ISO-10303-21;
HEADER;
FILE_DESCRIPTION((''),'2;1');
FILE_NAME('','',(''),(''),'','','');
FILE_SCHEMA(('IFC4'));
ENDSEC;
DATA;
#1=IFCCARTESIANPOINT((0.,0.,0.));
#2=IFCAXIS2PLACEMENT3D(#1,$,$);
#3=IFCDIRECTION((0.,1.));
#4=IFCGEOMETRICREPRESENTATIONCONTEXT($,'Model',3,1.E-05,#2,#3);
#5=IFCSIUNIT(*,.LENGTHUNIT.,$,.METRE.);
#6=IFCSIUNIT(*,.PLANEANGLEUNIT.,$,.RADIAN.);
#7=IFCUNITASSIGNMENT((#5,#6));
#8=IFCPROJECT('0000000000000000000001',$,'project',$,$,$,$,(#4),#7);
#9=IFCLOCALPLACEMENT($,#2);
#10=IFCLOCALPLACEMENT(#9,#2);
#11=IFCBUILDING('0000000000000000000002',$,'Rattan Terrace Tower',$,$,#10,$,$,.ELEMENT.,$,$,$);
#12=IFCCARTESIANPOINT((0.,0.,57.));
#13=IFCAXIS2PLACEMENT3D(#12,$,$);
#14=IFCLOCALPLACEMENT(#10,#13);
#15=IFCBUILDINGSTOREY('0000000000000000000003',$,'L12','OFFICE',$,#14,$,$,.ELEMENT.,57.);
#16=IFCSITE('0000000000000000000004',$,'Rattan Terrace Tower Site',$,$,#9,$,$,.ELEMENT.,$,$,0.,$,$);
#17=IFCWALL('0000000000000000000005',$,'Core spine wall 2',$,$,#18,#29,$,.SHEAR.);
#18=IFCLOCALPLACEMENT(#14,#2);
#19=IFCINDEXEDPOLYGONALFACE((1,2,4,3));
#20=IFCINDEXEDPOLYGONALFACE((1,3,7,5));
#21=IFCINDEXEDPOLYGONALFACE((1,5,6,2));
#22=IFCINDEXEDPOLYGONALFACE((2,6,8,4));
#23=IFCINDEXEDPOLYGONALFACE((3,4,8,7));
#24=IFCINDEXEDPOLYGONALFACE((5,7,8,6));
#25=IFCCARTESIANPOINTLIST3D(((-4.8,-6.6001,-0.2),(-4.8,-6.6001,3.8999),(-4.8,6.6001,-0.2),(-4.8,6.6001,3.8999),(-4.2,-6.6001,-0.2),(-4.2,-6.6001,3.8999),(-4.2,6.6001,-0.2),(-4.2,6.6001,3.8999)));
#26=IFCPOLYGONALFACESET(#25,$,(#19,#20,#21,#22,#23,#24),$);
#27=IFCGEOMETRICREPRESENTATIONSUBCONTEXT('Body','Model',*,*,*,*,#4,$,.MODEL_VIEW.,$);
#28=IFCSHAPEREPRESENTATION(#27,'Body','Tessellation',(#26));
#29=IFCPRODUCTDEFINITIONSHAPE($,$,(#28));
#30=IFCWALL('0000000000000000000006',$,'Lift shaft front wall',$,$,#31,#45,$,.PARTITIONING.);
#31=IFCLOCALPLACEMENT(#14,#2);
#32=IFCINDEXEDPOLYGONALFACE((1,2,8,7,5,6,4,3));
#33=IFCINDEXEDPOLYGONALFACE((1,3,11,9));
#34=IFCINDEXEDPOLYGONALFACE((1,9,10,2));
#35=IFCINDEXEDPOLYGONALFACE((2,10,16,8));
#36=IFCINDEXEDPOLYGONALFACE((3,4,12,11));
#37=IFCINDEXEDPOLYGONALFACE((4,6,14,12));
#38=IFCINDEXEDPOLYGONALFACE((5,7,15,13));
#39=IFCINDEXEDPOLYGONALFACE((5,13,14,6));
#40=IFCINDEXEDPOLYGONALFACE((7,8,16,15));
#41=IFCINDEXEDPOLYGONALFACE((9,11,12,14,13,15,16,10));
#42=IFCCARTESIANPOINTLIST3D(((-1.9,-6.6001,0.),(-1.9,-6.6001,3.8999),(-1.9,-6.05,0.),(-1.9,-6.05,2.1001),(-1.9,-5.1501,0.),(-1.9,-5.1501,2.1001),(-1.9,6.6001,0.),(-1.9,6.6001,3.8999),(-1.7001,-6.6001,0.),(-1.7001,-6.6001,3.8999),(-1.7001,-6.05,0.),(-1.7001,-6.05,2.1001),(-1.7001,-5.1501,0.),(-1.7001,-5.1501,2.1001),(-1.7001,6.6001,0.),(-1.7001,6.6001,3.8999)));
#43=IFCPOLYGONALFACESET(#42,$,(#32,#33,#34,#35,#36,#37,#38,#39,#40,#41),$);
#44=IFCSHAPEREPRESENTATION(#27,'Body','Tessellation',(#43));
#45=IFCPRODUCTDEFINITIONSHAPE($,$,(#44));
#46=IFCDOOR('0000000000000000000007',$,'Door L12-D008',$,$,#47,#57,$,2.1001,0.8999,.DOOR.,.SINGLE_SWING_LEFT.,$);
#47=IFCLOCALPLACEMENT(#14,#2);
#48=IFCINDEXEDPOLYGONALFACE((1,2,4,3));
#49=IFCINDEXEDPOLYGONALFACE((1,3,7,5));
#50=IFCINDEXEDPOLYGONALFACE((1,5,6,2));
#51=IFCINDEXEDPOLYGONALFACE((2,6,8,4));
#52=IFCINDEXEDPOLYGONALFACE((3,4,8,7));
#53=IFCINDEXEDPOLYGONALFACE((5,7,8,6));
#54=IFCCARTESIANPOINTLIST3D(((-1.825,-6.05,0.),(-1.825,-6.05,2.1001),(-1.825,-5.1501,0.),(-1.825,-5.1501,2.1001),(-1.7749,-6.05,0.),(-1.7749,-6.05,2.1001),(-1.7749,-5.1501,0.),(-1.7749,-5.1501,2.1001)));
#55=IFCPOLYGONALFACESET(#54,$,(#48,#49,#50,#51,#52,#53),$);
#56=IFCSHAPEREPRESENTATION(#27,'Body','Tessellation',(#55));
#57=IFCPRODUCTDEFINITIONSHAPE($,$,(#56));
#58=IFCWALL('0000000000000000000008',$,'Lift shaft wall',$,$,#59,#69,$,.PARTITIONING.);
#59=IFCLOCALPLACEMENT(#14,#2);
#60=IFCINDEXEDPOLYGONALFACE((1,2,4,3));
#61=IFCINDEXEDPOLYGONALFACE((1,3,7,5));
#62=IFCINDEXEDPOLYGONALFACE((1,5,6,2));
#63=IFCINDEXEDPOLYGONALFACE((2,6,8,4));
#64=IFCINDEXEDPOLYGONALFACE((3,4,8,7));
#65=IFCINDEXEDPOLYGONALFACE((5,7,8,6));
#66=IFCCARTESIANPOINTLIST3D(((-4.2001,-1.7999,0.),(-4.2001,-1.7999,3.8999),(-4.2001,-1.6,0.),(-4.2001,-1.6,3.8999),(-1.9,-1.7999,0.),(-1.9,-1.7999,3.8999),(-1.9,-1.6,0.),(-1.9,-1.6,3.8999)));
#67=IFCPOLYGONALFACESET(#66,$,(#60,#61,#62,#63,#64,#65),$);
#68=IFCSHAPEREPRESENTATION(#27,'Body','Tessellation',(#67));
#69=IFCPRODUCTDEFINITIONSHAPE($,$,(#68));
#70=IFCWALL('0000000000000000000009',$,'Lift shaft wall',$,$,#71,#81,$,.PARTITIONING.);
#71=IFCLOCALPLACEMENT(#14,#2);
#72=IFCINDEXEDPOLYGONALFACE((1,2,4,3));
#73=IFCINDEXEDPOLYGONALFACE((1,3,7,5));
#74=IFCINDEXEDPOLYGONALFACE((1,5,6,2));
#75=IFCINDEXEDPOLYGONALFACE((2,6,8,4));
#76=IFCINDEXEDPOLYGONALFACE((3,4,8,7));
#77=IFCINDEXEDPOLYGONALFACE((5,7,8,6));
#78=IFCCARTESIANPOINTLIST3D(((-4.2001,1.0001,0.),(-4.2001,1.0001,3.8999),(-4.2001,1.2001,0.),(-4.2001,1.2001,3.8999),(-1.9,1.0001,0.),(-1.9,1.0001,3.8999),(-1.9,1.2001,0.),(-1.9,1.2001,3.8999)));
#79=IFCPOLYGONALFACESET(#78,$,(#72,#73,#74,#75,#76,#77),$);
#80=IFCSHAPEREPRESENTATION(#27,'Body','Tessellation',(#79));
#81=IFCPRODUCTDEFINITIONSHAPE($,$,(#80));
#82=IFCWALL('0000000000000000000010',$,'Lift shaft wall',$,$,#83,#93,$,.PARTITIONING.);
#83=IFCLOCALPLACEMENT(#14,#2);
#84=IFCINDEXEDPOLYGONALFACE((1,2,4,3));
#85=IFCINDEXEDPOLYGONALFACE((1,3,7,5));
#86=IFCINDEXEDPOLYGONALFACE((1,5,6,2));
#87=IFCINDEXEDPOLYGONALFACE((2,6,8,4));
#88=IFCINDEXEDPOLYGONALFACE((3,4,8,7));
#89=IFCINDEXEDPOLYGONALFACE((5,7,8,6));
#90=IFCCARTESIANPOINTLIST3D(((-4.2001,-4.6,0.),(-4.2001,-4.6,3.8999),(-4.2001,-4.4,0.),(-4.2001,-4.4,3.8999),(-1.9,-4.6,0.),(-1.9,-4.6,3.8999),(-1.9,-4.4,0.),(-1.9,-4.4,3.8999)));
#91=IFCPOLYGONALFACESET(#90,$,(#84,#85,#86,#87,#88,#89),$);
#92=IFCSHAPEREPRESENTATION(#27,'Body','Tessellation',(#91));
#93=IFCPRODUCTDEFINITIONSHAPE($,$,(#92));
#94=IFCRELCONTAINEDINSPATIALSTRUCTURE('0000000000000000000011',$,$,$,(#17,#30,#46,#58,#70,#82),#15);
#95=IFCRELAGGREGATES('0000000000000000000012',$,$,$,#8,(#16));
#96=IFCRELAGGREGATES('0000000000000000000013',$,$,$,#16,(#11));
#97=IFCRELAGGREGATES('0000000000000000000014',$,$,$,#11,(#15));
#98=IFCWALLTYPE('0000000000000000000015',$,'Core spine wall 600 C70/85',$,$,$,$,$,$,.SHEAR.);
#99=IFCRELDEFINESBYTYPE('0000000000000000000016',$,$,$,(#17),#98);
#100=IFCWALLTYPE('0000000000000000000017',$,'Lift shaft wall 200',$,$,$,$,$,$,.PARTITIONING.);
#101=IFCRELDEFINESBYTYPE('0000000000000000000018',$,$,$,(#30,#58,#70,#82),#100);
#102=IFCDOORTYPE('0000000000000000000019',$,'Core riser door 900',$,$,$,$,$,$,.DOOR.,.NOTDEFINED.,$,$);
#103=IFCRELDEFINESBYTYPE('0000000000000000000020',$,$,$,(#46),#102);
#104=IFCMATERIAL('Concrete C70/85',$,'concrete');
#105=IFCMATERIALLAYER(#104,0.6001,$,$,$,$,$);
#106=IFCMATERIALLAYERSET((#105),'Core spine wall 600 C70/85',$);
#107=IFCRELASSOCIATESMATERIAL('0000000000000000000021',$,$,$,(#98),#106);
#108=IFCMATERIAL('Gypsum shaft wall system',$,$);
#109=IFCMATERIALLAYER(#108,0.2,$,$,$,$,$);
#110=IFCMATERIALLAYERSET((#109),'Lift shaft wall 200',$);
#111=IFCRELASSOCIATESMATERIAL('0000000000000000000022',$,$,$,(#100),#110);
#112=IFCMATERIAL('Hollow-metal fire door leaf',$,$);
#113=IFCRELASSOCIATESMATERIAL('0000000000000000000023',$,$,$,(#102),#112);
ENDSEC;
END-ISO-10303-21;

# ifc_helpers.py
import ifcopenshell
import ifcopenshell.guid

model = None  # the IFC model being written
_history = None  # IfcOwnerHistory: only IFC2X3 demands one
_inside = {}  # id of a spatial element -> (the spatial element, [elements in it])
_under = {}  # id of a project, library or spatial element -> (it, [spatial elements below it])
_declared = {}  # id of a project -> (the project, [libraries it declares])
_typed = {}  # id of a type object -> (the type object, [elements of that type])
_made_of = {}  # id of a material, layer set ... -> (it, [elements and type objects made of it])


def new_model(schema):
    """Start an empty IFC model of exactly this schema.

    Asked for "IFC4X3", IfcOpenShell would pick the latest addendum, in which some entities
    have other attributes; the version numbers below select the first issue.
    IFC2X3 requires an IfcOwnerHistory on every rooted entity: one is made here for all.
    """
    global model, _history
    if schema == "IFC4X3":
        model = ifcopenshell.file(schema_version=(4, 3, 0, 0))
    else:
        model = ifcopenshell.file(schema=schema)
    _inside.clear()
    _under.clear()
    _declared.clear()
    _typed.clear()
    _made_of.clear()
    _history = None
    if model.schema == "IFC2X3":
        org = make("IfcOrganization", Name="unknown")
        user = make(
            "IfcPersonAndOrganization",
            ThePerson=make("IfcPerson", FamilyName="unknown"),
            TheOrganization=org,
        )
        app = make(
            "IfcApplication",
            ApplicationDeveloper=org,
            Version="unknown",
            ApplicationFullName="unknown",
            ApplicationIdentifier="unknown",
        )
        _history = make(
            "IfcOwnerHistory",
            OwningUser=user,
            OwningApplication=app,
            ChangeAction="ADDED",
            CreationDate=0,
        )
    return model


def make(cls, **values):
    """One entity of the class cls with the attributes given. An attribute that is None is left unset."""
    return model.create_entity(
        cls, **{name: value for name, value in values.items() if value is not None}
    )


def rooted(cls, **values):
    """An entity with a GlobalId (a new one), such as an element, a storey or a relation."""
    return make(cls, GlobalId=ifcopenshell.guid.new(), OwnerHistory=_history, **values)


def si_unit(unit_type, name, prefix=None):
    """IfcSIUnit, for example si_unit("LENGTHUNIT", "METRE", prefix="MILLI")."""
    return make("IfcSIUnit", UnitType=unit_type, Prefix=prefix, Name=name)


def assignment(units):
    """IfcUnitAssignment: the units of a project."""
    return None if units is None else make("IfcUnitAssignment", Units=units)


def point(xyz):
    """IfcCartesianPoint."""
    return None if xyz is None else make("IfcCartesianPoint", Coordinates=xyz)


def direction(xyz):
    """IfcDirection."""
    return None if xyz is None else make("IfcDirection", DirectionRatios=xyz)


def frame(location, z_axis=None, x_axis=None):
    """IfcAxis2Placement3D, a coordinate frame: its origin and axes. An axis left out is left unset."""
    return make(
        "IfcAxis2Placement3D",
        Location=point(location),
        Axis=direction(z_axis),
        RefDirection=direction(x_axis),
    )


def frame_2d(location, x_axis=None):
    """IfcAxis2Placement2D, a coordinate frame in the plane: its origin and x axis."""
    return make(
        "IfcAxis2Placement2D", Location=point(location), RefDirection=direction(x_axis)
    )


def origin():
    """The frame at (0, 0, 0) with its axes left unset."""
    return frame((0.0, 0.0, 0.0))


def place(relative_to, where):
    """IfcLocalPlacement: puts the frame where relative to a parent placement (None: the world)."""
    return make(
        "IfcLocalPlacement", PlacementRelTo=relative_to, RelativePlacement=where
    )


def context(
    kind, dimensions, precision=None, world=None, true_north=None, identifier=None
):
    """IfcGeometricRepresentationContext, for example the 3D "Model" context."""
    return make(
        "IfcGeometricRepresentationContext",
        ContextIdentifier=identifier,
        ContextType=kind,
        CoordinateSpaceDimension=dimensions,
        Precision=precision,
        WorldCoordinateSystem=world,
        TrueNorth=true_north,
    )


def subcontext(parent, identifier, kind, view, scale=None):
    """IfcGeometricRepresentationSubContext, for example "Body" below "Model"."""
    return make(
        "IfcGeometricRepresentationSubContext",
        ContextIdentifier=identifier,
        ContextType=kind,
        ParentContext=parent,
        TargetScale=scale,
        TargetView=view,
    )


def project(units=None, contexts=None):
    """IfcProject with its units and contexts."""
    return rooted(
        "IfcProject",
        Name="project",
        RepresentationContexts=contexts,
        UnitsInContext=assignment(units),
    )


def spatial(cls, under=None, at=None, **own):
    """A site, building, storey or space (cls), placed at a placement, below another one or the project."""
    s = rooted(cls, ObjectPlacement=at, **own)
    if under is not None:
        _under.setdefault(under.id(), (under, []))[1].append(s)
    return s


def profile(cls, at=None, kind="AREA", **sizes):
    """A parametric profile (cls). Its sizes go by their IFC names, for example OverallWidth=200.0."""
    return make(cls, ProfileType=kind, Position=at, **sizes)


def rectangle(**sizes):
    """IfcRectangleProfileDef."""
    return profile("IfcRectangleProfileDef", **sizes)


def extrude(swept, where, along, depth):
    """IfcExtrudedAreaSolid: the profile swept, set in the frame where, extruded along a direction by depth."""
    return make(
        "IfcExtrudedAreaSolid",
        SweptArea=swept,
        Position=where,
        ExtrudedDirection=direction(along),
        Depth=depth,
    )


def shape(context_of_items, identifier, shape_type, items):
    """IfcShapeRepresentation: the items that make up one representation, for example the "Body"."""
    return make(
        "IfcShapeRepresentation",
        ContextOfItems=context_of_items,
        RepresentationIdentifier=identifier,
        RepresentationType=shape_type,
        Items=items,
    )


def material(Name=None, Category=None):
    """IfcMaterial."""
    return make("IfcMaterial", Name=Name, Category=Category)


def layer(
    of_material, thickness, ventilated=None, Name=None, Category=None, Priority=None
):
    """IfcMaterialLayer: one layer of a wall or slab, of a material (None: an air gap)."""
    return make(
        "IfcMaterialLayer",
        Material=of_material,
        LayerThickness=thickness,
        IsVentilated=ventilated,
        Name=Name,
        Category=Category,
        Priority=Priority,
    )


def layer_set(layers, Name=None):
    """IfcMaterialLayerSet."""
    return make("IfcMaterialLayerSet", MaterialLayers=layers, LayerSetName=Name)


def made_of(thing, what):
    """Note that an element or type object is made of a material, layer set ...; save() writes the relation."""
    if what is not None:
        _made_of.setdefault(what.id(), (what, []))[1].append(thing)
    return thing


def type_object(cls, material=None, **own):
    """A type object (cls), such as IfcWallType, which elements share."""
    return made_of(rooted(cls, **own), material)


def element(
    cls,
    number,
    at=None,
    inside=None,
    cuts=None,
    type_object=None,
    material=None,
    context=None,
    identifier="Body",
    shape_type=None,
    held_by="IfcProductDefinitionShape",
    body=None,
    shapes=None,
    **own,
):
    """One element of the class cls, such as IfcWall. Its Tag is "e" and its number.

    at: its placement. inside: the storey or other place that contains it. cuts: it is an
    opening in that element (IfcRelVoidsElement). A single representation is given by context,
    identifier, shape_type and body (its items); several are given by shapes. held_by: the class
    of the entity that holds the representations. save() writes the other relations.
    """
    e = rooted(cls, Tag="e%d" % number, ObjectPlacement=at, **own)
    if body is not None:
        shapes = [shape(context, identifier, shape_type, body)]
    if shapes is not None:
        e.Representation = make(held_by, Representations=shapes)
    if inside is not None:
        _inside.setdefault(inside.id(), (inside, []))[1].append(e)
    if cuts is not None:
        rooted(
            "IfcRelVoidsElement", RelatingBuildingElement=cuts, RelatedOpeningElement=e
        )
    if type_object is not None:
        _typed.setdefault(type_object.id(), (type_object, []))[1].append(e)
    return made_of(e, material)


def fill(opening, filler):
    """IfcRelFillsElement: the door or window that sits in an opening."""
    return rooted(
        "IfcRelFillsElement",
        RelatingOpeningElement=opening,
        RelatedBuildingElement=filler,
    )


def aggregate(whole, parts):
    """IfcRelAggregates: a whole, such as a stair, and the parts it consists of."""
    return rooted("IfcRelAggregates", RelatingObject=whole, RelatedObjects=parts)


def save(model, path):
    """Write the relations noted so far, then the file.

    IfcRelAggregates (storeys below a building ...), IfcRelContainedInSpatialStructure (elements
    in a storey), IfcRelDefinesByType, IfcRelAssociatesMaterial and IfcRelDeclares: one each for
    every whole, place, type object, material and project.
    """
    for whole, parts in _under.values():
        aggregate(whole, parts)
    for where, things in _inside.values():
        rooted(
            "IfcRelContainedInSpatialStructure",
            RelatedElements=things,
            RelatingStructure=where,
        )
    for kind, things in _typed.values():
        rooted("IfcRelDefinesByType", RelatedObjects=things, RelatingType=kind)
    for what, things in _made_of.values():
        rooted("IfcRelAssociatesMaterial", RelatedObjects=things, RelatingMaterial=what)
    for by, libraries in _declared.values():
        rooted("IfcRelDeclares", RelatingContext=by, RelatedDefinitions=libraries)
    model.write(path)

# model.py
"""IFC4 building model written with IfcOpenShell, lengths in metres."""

from ifc_helpers import new_model, si_unit, direction, frame, frame_2d, origin, place, context, subcontext, project, spatial, rectangle, extrude, material, layer, layer_set, type_object, element, fill, save


model = new_model("IFC4")

# Units and contexts
model_context = context("Model", 3, precision=1e-05, world=origin(), true_north=direction((0.0, 1.0)))
body_context = subcontext(model_context, "Body", "Model", "MODEL_VIEW")
ifc_project = project(units=[si_unit("LENGTHUNIT", "METRE"), si_unit("PLANEANGLEUNIT", "RADIAN")], contexts=[model_context])

# Site, building, storey
site_placement = place(None, origin())
site = spatial("IfcSite", under=ifc_project, at=site_placement, Name="Rattan Terrace Tower Site", CompositionType="ELEMENT", RefElevation=0.0)
building_placement = place(site_placement, origin())
building = spatial("IfcBuilding", under=site, at=building_placement, Name="Rattan Terrace Tower", CompositionType="ELEMENT")
storey_placement = place(building_placement, frame((0.0, 0.0, 57.0)))
storey = spatial("IfcBuildingStorey", under=building, at=storey_placement, Name="L12", Description="OFFICE", CompositionType="ELEMENT", Elevation=57.0)

# Wall
ifc_material_1 = material(Name="Concrete C70/85", Category="concrete")
ifc_layer_1 = layer(ifc_material_1, 0.6001)
ifc_layer_set_1 = layer_set([ifc_layer_1], Name="Core spine wall 600 C70/85")
wall_type_1 = type_object("IfcWallType", Name="Core spine wall 600 C70/85", PredefinedType="SHEAR", material=ifc_layer_set_1)
wall_1_placement = place(storey_placement, frame((-4.5, -6.6001, -0.2), z_axis=(0.0, 0.0, 1.0), x_axis=(0.0, 1.0, 0.0)))
element("IfcWall", 1, at=wall_1_placement, inside=storey, type_object=wall_type_1, Name="Core spine wall 2", PredefinedType="SHEAR", context=body_context, shape_type="SweptSolid", body=[
    extrude(rectangle(XDim=13.2002, YDim=0.6001, at=frame_2d((6.6001, 0.0))), origin(), (0.0, 0.0, 1.0), 4.0999),
])

# Wall, opening, door
ifc_material_2 = material(Name="Gypsum shaft wall system")
ifc_layer_2 = layer(ifc_material_2, 0.2)
ifc_layer_set_2 = layer_set([ifc_layer_2], Name="Lift shaft wall 200")
wall_type_2 = type_object("IfcWallType", Name="Lift shaft wall 200", PredefinedType="PARTITIONING", material=ifc_layer_set_2)
wall_2_placement = place(storey_placement, frame((-1.8, -6.6001, 0.0), z_axis=(0.0, 0.0, 1.0), x_axis=(0.0, 1.0, 0.0)))
wall_2 = element("IfcWall", 2, at=wall_2_placement, inside=storey, type_object=wall_type_2, Name="Lift shaft front wall", PredefinedType="PARTITIONING", context=body_context, shape_type="SweptSolid", body=[
    extrude(rectangle(XDim=13.2002, YDim=0.2, at=frame_2d((6.6001, 0.0))), origin(), (0.0, 0.0, 1.0), 3.8999),
])
opening_placement = place(wall_2_placement, frame((0.55, 0.0, 0.0)))
opening = element("IfcOpeningElement", 3, at=opening_placement, cuts=wall_2, PredefinedType="OPENING", context=body_context, shape_type="SweptSolid", body=[
    extrude(rectangle(XDim=0.8999, YDim=2.1001, at=frame_2d((0.45, 1.05))), frame((0.0, 0.1106, 0.0), z_axis=(0.0, -1.0, 0.0), x_axis=(1.0, 0.0, 0.0)), (0.0, 0.0, 1.0), 0.2209),
])
ifc_material_3 = material(Name="Hollow-metal fire door leaf")
door_type = type_object("IfcDoorType", Name="Core riser door 900", OperationType="NOTDEFINED", PredefinedType="DOOR", material=ifc_material_3)
door_placement = place(opening_placement, origin())
door = element("IfcDoor", 4, at=door_placement, inside=storey, type_object=door_type, Name="Door L12-D008", OperationType="SINGLE_SWING_LEFT", OverallHeight=2.1001, OverallWidth=0.8999, PredefinedType="DOOR", context=body_context, shape_type="SweptSolid", body=[
    extrude(rectangle(XDim=0.8999, YDim=2.1001, at=frame_2d((0.45, 1.05))), frame((0.0, 0.0249, 0.0), z_axis=(0.0, -1.0, 0.0), x_axis=(1.0, 0.0, 0.0)), (0.0, 0.0, 1.0), 0.05),
])
fill(opening, door)

# Walls
for number, where, z_axis, x_axis, name in (
    (5, (-4.2, -1.7, 0.0), (0.0, 0.0, 1.0), (1.0, 0.0, 0.0), "Lift shaft wall"),
    (6, (-4.2, 1.1001, 0.0), (0.0, 0.0, 1.0), (1.0, 0.0, 0.0), "Lift shaft wall"),
    (7, (-4.2, -4.5, 0.0), (0.0, 0.0, 1.0), (1.0, 0.0, 0.0), "Lift shaft wall"),
):
    element("IfcWall", number, at=place(storey_placement, frame(where, z_axis=z_axis, x_axis=x_axis)), inside=storey, type_object=wall_type_2, Name=name, PredefinedType="PARTITIONING", context=body_context, shape_type="SweptSolid", body=[
        extrude(rectangle(XDim=2.3, YDim=0.2, at=frame_2d((1.1499, 0.0))), origin(), (0.0, 0.0, 1.0), 3.8999),
    ])

save(model, "model.ifc")
